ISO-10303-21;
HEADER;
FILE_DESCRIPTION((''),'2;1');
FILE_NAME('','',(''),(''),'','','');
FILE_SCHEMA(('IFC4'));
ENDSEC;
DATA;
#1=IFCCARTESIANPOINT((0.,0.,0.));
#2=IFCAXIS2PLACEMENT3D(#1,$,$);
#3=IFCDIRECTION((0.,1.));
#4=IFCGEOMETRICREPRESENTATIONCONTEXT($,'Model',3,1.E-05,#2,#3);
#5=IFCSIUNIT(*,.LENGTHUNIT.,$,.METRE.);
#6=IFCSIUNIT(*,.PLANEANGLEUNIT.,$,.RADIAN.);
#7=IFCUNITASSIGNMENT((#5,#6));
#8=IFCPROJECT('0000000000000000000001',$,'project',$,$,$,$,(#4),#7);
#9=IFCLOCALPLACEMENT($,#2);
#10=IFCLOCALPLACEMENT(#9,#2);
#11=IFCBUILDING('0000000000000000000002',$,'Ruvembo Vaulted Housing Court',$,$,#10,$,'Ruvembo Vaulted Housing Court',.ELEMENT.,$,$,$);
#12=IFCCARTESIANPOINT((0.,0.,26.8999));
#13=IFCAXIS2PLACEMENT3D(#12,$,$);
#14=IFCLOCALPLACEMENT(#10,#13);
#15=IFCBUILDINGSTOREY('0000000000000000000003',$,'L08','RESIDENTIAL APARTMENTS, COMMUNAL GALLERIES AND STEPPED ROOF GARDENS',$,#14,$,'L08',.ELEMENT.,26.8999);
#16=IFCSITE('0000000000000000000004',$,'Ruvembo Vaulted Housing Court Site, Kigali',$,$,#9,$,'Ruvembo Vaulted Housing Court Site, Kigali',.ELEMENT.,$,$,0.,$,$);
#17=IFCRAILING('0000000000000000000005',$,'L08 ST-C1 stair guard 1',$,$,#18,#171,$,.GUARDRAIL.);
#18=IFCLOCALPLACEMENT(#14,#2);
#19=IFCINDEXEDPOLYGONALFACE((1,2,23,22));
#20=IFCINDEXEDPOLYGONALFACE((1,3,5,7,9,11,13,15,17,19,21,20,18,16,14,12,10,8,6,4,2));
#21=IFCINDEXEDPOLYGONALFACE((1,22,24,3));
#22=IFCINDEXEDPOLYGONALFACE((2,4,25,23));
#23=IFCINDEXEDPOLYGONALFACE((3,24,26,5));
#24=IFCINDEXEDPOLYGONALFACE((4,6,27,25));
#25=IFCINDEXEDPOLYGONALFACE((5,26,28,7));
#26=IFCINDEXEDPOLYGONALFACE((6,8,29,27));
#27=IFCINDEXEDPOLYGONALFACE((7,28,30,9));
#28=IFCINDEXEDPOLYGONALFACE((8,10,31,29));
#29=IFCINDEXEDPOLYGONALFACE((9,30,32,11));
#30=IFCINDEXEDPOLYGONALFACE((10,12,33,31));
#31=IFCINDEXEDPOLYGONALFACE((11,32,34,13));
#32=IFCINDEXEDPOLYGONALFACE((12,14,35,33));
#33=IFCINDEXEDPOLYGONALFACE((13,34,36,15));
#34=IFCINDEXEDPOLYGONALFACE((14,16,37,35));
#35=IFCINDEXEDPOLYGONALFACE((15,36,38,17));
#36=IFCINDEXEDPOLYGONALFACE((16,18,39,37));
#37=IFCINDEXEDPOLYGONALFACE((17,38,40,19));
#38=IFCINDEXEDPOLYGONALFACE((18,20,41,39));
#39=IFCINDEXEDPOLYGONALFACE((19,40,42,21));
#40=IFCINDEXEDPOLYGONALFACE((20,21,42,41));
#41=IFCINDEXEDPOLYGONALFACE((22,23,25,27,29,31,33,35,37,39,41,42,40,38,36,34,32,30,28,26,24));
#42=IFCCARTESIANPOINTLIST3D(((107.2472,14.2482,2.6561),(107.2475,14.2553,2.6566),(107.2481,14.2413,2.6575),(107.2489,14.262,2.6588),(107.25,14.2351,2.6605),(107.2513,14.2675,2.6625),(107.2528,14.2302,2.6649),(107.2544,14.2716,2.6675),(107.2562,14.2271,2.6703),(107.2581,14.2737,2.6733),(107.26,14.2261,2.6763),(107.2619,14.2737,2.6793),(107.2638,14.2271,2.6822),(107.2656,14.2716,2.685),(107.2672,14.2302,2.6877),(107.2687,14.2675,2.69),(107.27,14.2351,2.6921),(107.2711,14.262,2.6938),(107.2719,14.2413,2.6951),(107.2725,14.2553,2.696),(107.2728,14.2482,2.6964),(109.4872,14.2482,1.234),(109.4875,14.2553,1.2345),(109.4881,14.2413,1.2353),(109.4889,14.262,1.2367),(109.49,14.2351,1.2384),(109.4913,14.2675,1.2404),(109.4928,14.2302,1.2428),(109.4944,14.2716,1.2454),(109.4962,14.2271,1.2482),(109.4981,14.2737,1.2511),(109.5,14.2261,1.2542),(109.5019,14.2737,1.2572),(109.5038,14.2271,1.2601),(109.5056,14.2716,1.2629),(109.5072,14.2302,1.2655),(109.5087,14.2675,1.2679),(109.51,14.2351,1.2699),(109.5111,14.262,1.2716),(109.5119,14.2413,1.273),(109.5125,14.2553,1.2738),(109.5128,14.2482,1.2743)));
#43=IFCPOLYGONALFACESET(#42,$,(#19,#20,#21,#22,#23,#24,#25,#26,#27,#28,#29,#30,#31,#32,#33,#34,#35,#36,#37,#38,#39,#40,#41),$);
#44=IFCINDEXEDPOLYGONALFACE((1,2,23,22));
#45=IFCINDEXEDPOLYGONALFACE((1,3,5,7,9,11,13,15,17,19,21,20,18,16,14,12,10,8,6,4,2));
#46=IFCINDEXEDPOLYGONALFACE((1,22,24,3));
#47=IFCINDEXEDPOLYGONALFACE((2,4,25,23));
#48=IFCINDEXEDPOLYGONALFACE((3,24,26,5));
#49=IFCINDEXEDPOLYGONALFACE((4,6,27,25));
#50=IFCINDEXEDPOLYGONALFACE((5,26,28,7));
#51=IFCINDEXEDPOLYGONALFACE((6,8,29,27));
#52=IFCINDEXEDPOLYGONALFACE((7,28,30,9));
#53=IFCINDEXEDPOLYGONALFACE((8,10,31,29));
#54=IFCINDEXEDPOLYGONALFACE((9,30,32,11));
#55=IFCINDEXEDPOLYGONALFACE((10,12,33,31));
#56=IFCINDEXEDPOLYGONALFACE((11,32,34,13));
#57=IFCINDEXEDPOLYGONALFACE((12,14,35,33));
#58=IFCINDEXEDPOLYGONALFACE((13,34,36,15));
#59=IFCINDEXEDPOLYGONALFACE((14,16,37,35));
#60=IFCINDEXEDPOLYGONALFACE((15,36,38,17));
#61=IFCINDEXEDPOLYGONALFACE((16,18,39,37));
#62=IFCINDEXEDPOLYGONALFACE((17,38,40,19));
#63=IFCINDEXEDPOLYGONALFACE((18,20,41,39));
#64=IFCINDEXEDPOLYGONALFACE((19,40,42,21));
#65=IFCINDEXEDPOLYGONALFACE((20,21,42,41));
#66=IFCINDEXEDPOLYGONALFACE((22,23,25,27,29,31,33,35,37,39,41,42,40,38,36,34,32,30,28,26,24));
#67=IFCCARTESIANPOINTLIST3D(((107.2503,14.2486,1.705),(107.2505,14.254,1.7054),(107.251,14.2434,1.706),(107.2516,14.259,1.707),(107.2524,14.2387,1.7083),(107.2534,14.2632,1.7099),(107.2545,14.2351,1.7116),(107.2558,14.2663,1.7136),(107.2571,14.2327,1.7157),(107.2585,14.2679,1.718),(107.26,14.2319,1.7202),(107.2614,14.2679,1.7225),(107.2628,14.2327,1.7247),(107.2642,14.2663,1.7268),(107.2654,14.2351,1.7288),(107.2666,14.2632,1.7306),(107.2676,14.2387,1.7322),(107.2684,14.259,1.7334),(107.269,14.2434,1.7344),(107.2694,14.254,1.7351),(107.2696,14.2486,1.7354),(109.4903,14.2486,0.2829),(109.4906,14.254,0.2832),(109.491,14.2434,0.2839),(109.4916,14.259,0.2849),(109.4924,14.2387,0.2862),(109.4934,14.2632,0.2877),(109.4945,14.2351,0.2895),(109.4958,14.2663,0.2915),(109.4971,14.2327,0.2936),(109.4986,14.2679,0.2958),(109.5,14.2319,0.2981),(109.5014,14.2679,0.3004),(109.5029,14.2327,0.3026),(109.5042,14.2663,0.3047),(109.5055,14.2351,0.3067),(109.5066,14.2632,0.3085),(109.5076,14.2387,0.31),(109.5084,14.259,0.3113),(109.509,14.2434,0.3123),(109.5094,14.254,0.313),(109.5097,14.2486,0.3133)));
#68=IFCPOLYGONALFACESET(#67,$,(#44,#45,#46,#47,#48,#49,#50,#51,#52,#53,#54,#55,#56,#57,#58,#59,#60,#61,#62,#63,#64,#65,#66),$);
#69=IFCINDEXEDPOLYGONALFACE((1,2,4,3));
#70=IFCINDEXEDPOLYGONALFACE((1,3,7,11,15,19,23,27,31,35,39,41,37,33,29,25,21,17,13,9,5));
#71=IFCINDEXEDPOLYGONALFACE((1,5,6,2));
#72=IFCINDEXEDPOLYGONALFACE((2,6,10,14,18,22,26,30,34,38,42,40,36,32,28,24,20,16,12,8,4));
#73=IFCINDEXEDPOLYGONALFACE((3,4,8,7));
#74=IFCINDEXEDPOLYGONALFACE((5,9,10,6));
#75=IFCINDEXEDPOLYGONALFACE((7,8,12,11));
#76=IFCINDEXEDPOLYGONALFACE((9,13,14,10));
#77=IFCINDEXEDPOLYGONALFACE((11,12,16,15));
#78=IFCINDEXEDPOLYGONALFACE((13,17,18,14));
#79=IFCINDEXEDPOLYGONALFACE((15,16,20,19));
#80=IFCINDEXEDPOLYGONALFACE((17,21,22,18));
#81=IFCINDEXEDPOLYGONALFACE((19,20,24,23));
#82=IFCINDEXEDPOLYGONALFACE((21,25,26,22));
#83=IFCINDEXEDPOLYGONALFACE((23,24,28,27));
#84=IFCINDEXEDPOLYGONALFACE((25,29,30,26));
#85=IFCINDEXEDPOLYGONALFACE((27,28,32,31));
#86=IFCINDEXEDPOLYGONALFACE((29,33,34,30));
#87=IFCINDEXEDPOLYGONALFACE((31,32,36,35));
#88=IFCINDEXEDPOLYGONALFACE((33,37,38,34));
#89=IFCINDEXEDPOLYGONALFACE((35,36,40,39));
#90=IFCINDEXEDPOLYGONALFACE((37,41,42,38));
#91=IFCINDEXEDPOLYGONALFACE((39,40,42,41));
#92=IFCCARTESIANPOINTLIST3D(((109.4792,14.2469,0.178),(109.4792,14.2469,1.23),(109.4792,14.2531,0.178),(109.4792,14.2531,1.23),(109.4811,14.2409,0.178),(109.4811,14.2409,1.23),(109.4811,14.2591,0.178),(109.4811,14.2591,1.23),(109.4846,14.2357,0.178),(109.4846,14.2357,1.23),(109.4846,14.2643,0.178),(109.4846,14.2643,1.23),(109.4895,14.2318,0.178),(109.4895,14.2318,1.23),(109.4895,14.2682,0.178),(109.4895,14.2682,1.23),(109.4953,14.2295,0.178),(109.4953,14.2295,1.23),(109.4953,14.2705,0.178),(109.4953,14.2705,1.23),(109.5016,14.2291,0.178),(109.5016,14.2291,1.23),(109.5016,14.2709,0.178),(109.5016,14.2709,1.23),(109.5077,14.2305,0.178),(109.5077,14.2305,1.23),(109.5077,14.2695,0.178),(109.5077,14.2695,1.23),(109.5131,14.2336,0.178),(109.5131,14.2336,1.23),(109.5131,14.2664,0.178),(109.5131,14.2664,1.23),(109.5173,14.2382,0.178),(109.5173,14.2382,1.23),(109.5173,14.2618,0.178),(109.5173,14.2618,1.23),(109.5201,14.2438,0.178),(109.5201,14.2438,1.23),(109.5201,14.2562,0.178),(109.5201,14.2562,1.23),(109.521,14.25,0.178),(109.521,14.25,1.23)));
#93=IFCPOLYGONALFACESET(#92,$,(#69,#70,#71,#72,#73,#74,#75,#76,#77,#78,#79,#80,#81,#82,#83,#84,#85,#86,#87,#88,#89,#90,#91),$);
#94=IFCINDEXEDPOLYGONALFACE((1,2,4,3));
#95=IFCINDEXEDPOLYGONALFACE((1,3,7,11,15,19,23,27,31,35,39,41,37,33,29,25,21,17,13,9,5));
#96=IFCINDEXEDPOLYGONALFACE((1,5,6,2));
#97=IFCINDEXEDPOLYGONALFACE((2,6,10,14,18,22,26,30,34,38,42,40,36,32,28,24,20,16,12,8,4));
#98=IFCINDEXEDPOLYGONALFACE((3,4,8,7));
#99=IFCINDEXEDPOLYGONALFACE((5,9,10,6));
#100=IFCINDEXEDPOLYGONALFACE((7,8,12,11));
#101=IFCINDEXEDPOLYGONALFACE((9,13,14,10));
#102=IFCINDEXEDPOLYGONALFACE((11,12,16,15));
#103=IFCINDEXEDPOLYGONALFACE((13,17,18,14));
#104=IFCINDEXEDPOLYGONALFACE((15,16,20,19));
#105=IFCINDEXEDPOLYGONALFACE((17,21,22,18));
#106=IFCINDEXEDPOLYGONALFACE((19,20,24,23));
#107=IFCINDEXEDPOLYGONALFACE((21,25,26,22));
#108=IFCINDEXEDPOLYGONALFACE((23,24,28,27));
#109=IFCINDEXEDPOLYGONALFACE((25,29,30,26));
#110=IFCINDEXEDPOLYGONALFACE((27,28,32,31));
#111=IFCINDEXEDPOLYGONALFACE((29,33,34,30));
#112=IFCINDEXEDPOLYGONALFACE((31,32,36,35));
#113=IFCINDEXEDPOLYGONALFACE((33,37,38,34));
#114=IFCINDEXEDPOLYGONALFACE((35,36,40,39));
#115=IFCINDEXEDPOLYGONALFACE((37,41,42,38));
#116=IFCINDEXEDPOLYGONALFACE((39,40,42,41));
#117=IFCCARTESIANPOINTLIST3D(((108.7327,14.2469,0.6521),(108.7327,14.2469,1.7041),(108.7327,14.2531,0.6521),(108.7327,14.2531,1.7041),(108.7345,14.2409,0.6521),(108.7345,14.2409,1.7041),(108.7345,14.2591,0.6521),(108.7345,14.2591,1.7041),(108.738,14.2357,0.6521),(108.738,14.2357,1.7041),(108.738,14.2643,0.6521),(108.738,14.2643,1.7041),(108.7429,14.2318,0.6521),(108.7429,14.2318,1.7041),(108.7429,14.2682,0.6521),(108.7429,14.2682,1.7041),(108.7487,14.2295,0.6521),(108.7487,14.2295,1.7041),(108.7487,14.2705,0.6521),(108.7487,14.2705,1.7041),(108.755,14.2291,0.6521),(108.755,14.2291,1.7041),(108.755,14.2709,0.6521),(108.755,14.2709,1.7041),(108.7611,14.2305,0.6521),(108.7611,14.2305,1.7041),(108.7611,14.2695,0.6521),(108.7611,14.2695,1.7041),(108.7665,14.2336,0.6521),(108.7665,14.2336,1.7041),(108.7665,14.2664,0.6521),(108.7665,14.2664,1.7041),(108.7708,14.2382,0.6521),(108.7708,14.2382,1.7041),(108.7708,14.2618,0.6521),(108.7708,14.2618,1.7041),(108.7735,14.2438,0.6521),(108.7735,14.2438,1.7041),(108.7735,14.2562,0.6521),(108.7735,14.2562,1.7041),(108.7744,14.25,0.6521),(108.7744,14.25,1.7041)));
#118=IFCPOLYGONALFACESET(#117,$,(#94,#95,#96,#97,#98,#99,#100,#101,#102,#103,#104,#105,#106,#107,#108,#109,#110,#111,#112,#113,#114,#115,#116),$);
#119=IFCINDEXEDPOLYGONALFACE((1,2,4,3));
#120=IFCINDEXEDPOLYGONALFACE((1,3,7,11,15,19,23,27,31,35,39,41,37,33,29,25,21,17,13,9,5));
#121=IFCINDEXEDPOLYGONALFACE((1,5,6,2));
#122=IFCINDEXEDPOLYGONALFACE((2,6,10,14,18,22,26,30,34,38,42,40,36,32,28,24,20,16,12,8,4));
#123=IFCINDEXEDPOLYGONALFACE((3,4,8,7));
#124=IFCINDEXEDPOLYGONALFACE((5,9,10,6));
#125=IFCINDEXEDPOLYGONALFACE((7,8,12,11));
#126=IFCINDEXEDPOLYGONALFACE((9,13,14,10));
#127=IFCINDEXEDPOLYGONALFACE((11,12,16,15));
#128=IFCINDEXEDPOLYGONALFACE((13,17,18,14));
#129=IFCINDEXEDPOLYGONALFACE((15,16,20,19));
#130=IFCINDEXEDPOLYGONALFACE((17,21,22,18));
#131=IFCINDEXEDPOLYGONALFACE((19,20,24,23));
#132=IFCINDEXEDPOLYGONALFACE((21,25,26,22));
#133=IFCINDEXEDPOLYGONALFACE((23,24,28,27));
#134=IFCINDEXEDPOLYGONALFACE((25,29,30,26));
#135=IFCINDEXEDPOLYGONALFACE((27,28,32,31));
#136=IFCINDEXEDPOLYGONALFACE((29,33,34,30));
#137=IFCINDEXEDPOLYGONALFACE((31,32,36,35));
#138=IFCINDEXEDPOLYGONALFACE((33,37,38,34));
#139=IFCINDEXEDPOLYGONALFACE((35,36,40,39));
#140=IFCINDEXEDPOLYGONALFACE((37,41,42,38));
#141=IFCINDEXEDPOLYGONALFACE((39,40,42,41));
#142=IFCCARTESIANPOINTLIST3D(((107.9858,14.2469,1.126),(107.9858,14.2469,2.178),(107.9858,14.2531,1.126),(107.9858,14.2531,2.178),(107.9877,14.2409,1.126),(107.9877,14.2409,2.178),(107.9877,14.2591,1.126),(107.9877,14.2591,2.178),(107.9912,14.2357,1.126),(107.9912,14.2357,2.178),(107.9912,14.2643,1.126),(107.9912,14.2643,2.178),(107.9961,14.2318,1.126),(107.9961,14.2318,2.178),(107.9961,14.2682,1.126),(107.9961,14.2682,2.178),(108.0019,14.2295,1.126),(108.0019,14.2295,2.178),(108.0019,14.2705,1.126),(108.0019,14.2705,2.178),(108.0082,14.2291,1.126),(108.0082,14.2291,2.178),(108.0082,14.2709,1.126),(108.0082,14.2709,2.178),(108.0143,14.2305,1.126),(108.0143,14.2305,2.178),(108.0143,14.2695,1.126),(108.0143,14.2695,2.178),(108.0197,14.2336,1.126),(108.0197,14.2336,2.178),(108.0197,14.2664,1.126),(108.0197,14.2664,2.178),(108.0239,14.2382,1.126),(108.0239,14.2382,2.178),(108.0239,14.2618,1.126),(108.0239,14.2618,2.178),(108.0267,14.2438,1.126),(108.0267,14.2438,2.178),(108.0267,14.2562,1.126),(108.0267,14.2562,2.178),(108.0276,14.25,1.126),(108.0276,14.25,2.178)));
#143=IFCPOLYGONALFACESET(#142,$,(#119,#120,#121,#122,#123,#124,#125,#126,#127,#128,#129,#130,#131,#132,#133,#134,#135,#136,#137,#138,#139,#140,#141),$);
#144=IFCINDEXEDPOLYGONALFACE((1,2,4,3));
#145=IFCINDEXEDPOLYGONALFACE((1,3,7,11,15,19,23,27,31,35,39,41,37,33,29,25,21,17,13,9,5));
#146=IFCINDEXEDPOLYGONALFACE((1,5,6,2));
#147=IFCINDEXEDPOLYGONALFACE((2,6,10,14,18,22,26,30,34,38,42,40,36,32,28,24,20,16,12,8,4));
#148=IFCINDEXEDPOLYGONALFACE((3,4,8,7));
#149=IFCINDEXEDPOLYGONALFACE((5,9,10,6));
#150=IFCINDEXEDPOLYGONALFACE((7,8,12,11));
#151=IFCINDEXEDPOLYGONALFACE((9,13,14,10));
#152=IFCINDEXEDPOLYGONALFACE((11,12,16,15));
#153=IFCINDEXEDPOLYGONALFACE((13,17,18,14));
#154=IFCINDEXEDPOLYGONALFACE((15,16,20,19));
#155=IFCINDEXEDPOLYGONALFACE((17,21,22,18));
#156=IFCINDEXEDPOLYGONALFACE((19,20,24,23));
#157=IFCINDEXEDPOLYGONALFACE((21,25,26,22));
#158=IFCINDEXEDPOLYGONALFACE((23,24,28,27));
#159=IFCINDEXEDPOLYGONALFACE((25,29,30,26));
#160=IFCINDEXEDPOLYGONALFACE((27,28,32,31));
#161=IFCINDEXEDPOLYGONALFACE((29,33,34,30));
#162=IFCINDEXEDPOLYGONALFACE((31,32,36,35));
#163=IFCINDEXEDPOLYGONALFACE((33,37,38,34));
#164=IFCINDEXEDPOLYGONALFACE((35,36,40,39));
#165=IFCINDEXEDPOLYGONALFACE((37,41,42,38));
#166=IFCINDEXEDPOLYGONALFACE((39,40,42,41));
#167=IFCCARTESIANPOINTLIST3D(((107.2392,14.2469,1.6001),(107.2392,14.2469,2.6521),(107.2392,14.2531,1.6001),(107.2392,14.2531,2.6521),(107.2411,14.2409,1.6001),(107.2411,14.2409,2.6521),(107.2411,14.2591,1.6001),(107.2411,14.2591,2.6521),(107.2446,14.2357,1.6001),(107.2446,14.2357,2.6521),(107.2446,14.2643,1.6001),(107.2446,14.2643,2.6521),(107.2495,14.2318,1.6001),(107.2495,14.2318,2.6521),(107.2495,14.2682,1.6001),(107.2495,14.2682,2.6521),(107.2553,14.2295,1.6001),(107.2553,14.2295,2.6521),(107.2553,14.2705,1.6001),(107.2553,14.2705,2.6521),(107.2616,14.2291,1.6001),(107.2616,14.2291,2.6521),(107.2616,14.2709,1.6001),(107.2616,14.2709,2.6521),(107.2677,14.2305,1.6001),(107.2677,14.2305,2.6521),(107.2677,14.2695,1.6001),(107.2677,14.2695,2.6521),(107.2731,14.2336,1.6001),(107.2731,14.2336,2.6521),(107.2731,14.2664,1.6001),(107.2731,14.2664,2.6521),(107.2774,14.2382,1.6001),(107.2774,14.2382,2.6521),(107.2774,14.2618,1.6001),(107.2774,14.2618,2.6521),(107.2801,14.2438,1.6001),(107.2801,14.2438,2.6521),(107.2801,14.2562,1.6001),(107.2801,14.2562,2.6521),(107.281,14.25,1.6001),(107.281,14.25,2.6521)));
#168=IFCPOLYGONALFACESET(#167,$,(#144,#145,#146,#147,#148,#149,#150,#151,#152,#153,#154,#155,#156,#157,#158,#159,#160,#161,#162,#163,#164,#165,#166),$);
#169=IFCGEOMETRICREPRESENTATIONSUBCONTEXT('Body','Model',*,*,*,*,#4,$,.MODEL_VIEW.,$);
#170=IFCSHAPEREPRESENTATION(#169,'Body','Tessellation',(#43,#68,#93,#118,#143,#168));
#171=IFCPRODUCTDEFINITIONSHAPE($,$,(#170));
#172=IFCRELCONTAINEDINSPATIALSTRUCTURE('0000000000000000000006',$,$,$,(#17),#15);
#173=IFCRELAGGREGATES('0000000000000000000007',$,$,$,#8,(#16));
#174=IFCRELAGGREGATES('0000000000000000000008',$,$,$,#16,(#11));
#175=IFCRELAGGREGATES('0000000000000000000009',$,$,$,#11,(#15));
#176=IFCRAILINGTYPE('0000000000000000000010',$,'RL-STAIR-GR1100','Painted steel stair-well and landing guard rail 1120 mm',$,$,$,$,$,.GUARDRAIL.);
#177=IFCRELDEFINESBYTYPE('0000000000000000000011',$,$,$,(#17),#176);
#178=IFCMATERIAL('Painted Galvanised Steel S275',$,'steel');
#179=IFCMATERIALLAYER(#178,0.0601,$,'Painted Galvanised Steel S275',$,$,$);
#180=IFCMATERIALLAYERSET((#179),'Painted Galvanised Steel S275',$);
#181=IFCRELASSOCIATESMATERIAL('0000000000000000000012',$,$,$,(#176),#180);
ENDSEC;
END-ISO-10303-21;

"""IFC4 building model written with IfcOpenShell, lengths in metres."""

from ifc_helpers import new_model, si_unit, direction, frame, origin, origin_2d, place, context, subcontext, project, spatial, circle, extrude, material, layer, layer_set, type_object, element, save


model = new_model("IFC4")

# Units and contexts
model_context = context("Model", 3, precision=1e-05, world=origin(), true_north=direction((0.0, 1.0)))
body_context = subcontext(model_context, "Body", "Model", "MODEL_VIEW")
ifc_project = project(units=[si_unit("LENGTHUNIT", "METRE"), si_unit("PLANEANGLEUNIT", "RADIAN")], contexts=[model_context])

# Site, building, storey
site_placement = place(None, origin())
site = spatial("IfcSite", under=ifc_project, at=site_placement, Name="Ruvembo Vaulted Housing Court Site, Kigali", LongName="Ruvembo Vaulted Housing Court Site, Kigali", CompositionType="ELEMENT", RefElevation=0.0)
building_placement = place(site_placement, origin())
building = spatial("IfcBuilding", under=site, at=building_placement, Name="Ruvembo Vaulted Housing Court", LongName="Ruvembo Vaulted Housing Court", CompositionType="ELEMENT")
storey_placement = place(building_placement, frame((0.0, 0.0, 26.8999)))
storey = spatial("IfcBuildingStorey", under=building, at=storey_placement, Name="L08", Description="RESIDENTIAL APARTMENTS, COMMUNAL GALLERIES AND STEPPED ROOF GARDENS", LongName="L08", CompositionType="ELEMENT", Elevation=26.8999)

# Railing
ifc_material_1 = material(Name="Painted Galvanised Steel S275", Category="steel")
ifc_layer_1 = layer(ifc_material_1, 0.0601, Name="Painted Galvanised Steel S275")
ifc_layer_set_1 = layer_set([ifc_layer_1], Name="Painted Galvanised Steel S275")
railing_type_1 = type_object("IfcRailingType", Name="RL-STAIR-GR1100", Description="Painted steel stair-well and landing guard rail 1120 mm", PredefinedType="GUARDRAIL", material=ifc_layer_set_1)
railing_1_placement = place(storey_placement, frame((109.5, 14.25, 0.178)))
element("IfcRailing", 1, at=railing_1_placement, inside=storey, type_object=railing_type_1, Name="L08 ST-C1 stair guard 1", PredefinedType="GUARDRAIL", context=body_context, shape_type="SweptSolid", body=[
    extrude(circle(Radius=0.0239, at=origin_2d()), frame((0.0, 0.0, 1.0762), z_axis=(-0.844229, 0.0, 0.535982), x_axis=(0.0, -1.0, 0.0)), (0.0, 0.0, 1.0), 2.6533),
    extrude(circle(Radius=0.0181, at=origin_2d()), frame((0.0, 0.0, 0.1201), z_axis=(-0.844229, 0.0, 0.535982), x_axis=(0.0, -1.0, 0.0)), (0.0, 0.0, 1.0), 2.6533),
    extrude(circle(Radius=0.021, at=origin_2d()), origin(), (0.0, 0.0, 1.0), 1.052),
    extrude(circle(Radius=0.021, at=origin_2d()), frame((-0.7466, 0.0, 0.4741)), (0.0, 0.0, 1.0), 1.052),
    extrude(circle(Radius=0.021, at=origin_2d()), frame((-1.4934, 0.0, 0.948)), (0.0, 0.0, 1.0), 1.052),
    extrude(circle(Radius=0.021, at=origin_2d()), frame((-2.24, 0.0, 1.4221)), (0.0, 0.0, 1.0), 1.052),
])

save(model, "model.ifc")
